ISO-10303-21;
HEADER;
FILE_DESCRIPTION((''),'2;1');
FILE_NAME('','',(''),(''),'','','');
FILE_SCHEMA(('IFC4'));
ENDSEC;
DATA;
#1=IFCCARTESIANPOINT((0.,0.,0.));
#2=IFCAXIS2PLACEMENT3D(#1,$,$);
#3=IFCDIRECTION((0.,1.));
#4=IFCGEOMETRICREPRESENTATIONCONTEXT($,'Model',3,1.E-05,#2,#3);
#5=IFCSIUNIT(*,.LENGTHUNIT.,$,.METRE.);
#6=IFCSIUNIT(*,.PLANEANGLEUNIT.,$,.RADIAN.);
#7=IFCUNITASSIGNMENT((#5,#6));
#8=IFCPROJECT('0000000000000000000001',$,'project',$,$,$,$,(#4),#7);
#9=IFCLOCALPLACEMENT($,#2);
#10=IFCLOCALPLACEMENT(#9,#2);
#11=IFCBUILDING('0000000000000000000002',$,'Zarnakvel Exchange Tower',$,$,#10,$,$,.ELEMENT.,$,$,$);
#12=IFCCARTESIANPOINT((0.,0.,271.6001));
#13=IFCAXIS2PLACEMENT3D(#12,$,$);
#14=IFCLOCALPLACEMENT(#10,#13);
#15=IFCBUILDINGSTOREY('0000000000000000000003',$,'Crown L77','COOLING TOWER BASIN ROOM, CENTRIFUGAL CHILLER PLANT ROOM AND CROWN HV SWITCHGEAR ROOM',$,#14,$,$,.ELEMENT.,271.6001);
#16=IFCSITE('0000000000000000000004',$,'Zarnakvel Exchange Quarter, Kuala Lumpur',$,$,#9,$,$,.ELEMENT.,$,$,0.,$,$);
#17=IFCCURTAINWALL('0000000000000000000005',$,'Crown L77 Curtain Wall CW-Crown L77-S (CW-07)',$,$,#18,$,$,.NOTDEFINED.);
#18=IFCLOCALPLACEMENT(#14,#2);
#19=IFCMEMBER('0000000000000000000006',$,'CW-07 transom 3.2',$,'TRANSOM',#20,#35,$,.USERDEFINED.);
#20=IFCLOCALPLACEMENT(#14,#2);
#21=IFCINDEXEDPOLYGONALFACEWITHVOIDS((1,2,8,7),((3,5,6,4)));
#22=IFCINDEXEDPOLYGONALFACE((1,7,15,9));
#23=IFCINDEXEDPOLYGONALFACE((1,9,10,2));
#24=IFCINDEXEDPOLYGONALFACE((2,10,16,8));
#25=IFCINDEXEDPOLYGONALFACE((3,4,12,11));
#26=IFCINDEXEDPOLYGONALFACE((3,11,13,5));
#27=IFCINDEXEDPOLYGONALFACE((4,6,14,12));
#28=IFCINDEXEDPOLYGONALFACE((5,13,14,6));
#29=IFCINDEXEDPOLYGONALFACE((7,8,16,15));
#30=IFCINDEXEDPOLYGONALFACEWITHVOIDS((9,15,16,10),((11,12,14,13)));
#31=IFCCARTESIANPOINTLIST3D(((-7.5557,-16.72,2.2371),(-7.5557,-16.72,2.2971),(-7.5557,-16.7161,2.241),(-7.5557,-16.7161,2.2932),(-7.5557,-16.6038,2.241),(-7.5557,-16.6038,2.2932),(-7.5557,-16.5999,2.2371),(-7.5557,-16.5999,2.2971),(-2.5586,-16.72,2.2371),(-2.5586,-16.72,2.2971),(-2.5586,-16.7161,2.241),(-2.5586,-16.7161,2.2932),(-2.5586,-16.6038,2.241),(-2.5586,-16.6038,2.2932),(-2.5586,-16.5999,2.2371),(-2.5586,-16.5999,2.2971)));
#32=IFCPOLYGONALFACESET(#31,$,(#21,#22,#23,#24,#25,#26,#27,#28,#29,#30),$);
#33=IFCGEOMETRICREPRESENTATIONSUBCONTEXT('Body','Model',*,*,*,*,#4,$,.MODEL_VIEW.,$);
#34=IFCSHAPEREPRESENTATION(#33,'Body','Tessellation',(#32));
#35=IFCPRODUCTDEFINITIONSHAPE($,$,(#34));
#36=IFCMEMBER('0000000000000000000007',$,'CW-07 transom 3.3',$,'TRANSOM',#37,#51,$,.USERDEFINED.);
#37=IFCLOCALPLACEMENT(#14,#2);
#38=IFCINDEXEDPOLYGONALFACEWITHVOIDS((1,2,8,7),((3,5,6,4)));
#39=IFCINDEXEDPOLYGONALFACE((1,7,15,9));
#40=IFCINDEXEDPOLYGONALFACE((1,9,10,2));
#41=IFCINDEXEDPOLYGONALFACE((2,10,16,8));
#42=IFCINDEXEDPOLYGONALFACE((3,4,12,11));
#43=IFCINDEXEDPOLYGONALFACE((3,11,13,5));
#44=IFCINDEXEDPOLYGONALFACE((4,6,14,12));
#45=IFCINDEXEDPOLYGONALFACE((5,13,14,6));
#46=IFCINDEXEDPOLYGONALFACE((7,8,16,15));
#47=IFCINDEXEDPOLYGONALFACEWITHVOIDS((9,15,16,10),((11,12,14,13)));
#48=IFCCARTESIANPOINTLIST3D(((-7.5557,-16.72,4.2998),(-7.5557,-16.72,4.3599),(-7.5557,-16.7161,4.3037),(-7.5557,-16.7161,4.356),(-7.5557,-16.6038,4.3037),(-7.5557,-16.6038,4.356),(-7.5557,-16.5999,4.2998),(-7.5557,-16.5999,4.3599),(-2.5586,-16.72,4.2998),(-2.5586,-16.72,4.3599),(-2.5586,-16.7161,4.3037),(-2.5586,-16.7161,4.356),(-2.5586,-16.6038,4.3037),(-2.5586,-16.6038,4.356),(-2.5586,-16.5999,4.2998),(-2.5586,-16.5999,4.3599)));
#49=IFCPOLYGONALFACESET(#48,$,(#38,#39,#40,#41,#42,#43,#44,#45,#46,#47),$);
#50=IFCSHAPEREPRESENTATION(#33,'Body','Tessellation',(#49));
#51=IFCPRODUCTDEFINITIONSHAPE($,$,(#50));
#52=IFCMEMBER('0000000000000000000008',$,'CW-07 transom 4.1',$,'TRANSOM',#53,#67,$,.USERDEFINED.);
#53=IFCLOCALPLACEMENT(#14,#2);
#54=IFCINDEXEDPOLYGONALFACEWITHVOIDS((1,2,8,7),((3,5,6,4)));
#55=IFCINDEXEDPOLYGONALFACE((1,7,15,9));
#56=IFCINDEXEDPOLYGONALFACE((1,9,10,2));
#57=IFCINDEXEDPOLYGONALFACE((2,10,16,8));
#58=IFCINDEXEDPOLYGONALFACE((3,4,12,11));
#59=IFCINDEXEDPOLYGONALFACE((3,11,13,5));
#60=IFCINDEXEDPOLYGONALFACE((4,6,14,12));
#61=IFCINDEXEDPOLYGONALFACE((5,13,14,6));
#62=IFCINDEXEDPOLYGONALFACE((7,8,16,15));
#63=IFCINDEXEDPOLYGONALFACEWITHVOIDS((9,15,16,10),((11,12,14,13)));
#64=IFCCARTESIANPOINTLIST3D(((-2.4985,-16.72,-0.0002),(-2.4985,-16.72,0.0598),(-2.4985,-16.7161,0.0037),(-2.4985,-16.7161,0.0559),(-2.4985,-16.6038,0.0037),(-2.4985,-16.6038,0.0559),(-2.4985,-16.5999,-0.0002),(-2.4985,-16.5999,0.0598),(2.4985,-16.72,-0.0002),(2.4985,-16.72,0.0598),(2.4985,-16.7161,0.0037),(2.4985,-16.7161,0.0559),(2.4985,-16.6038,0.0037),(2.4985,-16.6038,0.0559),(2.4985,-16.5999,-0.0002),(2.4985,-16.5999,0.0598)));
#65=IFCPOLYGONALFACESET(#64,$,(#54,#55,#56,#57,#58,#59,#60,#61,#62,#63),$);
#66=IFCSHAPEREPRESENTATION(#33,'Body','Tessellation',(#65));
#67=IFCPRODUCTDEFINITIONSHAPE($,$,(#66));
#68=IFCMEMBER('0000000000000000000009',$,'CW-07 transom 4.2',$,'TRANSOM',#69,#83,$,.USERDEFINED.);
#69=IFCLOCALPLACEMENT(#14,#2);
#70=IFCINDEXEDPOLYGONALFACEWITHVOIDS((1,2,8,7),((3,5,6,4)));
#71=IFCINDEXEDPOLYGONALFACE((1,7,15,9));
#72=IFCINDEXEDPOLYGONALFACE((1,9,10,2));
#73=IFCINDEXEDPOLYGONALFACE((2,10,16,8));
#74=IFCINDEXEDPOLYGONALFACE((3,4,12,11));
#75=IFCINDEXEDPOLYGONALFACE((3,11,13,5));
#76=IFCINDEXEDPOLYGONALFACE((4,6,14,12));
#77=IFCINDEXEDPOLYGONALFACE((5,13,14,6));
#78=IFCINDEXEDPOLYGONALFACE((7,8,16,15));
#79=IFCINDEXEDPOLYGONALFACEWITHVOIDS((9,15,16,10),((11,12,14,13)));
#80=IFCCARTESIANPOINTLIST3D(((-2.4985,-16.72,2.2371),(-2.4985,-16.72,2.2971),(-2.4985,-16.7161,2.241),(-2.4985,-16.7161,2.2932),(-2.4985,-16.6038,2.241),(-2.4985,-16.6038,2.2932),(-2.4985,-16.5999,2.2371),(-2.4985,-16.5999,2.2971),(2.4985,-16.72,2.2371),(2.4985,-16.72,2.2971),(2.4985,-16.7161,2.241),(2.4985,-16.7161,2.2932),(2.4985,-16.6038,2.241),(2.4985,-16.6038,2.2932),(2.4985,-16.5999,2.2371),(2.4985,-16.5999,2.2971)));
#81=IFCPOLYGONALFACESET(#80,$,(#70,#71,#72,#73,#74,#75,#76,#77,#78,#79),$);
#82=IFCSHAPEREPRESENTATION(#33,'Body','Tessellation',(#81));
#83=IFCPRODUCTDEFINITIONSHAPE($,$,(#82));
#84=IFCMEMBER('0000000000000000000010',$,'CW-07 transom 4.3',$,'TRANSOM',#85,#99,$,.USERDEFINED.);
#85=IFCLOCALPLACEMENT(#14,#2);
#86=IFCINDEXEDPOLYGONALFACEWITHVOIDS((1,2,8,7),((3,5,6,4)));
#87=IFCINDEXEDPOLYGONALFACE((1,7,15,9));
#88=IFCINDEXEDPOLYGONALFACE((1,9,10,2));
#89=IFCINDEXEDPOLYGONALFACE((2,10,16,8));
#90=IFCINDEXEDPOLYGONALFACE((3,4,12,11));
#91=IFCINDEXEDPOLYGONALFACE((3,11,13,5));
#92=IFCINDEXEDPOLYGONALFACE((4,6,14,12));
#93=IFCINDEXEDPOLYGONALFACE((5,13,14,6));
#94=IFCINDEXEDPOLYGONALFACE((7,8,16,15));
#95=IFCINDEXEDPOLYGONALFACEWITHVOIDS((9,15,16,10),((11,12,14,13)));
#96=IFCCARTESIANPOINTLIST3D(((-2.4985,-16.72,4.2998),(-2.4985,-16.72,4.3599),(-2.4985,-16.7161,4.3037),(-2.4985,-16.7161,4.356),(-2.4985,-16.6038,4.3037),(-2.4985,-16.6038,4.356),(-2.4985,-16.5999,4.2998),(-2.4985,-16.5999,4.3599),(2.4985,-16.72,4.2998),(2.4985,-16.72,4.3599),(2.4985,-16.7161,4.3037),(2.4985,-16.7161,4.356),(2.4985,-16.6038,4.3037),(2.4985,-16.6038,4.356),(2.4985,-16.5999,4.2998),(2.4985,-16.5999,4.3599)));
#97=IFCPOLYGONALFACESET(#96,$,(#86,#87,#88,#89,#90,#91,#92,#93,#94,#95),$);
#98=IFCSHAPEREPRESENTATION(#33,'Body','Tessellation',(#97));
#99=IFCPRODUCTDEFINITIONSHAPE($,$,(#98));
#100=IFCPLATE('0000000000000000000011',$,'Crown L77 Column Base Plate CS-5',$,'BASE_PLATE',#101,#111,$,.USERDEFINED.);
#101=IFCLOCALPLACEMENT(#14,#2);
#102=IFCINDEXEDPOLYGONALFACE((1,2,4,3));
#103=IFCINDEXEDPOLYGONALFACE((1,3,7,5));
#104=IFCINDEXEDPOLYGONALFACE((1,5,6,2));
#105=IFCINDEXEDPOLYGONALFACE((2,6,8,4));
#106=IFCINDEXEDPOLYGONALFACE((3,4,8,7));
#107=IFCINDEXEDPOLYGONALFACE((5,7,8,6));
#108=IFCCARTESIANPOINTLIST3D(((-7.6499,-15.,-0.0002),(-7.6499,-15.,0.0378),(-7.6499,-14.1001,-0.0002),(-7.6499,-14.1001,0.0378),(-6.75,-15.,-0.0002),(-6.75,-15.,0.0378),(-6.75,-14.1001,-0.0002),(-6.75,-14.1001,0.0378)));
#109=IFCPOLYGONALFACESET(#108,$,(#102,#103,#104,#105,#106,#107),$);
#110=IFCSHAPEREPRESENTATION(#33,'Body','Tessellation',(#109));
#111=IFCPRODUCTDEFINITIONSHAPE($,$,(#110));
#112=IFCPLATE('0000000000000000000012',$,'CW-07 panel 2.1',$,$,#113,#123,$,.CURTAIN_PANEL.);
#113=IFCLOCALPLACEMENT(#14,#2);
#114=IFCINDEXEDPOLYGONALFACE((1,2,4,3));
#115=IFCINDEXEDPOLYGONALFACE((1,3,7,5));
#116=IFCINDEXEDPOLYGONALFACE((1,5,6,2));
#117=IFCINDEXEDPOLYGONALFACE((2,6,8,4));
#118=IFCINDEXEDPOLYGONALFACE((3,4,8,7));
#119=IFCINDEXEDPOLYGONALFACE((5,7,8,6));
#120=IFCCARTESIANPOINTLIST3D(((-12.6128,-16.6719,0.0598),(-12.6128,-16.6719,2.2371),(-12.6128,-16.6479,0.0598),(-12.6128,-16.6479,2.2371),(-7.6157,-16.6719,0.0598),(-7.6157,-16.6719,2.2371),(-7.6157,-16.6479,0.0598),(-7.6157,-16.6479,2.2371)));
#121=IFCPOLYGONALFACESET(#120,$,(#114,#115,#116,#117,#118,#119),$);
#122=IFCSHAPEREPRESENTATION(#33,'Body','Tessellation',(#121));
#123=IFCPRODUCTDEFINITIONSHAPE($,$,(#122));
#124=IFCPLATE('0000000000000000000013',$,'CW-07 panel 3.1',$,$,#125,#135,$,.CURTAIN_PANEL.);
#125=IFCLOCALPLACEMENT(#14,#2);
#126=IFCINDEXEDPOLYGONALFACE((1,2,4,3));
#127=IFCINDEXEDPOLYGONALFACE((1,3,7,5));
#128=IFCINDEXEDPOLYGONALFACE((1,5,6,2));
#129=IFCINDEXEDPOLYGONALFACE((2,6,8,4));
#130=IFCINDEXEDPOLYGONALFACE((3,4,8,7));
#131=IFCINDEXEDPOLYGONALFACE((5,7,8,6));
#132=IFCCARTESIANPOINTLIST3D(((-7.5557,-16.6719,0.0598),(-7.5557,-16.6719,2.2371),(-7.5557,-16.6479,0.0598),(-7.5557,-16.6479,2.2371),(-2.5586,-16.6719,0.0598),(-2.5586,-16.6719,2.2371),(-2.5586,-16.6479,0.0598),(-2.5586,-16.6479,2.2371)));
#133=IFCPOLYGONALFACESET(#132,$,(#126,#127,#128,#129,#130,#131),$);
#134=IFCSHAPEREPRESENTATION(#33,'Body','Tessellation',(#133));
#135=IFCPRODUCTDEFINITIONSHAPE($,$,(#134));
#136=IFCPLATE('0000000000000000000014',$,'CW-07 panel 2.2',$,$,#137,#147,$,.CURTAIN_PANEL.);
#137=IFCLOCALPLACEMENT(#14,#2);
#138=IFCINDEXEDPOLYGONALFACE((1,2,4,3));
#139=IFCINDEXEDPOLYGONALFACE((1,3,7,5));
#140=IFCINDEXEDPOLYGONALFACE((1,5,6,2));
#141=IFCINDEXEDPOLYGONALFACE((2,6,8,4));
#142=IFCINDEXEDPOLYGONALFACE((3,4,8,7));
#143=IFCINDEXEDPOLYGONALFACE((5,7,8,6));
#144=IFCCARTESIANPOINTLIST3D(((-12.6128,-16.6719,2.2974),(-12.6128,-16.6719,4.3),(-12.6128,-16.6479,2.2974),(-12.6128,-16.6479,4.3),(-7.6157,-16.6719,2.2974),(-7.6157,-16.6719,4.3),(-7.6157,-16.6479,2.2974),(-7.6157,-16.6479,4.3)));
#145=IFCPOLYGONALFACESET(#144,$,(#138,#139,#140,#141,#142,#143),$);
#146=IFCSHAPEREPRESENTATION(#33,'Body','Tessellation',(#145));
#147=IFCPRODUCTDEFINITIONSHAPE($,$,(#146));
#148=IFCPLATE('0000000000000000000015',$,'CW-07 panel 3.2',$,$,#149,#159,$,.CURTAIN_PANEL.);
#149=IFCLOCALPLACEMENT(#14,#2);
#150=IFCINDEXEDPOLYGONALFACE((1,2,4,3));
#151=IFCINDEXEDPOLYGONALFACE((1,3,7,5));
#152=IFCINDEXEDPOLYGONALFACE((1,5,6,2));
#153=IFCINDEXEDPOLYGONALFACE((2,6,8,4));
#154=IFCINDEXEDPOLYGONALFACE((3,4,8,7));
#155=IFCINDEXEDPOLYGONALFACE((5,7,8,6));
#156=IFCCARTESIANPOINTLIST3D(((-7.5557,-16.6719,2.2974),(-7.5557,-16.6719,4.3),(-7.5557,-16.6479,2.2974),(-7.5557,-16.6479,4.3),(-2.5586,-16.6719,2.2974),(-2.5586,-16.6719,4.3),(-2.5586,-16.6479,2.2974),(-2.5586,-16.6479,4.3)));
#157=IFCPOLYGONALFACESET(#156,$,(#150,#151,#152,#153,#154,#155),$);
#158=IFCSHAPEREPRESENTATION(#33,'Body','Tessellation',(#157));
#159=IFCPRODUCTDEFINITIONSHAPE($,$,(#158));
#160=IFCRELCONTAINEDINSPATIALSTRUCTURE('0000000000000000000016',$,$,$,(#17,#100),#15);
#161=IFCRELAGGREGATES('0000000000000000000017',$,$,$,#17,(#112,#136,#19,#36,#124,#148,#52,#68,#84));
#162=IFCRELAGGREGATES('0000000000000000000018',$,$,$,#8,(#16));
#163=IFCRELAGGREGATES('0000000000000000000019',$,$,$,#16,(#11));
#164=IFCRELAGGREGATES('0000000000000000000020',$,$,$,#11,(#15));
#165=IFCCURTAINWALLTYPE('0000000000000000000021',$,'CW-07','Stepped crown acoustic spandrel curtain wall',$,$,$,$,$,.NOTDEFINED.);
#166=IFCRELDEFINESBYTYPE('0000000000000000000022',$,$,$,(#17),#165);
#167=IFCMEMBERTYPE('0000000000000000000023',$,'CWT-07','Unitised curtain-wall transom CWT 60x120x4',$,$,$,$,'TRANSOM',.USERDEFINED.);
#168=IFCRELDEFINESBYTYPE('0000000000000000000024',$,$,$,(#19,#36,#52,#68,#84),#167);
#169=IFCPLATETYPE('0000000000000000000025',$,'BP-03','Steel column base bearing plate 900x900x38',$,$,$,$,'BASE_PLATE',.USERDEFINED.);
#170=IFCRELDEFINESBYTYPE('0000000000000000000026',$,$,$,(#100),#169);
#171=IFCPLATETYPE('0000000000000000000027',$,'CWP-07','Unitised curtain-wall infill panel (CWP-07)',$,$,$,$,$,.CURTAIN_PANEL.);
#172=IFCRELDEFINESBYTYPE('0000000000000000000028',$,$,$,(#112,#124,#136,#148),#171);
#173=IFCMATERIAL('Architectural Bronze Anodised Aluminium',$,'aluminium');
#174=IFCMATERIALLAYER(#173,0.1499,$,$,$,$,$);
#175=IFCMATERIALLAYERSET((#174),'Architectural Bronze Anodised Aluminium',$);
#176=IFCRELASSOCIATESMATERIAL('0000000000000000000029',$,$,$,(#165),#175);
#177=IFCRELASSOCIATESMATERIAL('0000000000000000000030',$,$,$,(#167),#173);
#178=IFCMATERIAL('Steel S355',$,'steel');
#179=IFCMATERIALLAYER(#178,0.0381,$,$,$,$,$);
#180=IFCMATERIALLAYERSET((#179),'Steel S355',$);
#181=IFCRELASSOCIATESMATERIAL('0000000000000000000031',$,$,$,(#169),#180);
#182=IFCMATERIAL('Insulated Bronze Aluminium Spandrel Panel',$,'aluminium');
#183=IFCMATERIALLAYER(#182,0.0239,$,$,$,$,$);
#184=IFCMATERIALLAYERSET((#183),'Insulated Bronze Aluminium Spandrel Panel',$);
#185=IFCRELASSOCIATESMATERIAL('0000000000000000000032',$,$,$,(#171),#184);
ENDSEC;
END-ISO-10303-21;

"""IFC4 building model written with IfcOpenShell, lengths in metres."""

from ifc_helpers import new_model, si_unit, direction, frame, origin, origin_2d, place, context, subcontext, project, spatial, rectangle, hollow_rectangle, extrude, source, transform, mapped, material, layer, layer_set, material_profile, profile_set, type_object, element, aggregate, save


model = new_model("IFC4")

# Units and contexts
model_context = context("Model", 3, precision=1e-05, world=origin(), true_north=direction((0.0, 1.0)))
body_context = subcontext(model_context, "Body", "Model", "MODEL_VIEW")
ifc_project = project(units=[si_unit("LENGTHUNIT", "METRE"), si_unit("PLANEANGLEUNIT", "RADIAN")], contexts=[model_context])

# Site, building, storey
site_placement = place(None, origin())
site = spatial("IfcSite", under=ifc_project, at=site_placement, Name="Zarnakvel Exchange Quarter, Kuala Lumpur", CompositionType="ELEMENT", RefElevation=0.0)
building_placement = place(site_placement, origin())
building = spatial("IfcBuilding", under=site, at=building_placement, Name="Zarnakvel Exchange Tower", CompositionType="ELEMENT")
storey_placement = place(building_placement, frame((0.0, 0.0, 271.6001)))
storey = spatial("IfcBuildingStorey", under=building, at=storey_placement, Name="Crown L77", Description="COOLING TOWER BASIN ROOM, CENTRIFUGAL CHILLER PLANT ROOM AND CROWN HV SWITCHGEAR ROOM", CompositionType="ELEMENT", Elevation=271.6001)

# Shared definitions
ifc_material_1 = material(Name="Steel S355", Category="steel")

# Curtain wall, members
ifc_material_2 = material(Name="Architectural Bronze Anodised Aluminium", Category="aluminium")
ifc_layer_1 = layer(ifc_material_2, 0.1499)
ifc_layer_set_1 = layer_set([ifc_layer_1], Name="Architectural Bronze Anodised Aluminium")
curtain_wall_type = type_object("IfcCurtainWallType", Name="CW-07", Description="Stepped crown acoustic spandrel curtain wall", PredefinedType="NOTDEFINED", material=ifc_layer_set_1)
curtain_wall_placement = place(storey_placement, origin())
curtain_wall = element("IfcCurtainWall", 1, at=curtain_wall_placement, inside=storey, type_object=curtain_wall_type, Name="Crown L77 Curtain Wall CW-Crown L77-S (CW-07)", PredefinedType="NOTDEFINED")
ifc_material_profile_1 = material_profile(ifc_material_2, hollow_rectangle(XDim=0.1201, YDim=0.0601, WallThickness=0.0039, at=origin_2d()))
ifc_profile_set_1 = profile_set([ifc_material_profile_1], Name="Architectural Bronze Anodised Aluminium")
member_type_1 = type_object("IfcMemberType", Name="CWT-07", Description="Unitised curtain-wall transom CWT 60x120x4", ElementType="TRANSOM", PredefinedType="USERDEFINED", material=ifc_profile_set_1)
shared_shape_1 = source(origin(), body_context, "Body", "SweptSolid", [
    extrude(hollow_rectangle(XDim=0.1201, YDim=0.0601, WallThickness=0.0039, at=origin_2d()), origin(), (0.0, 0.0, 1.0), 4.9971),
])
member_1_placement = place(storey_placement, frame((-7.5557, -16.6599, 2.2671), z_axis=(1.0, 0.0, 0.0), x_axis=(0.0, 1.0, 0.0)))
member_1 = element("IfcMember", 2, at=member_1_placement, type_object=member_type_1, Name="CW-07 transom 3.2", ObjectType="TRANSOM", PredefinedType="USERDEFINED", context=body_context, shape_type="MappedRepresentation", body=[
    mapped(shared_shape_1, transform((0.0, 0.0, 0.0), x_axis=(1.0, 0.0, 0.0), y_axis=(0.0, 1.0, 0.0), z_axis=(0.0, 0.0, 1.0), scale=1.0)),
])
member_2_placement = place(storey_placement, frame((-7.5557, -16.6599, 4.3298), z_axis=(1.0, 0.0, 0.0), x_axis=(0.0, 1.0, 0.0)))
member_2 = element("IfcMember", 3, at=member_2_placement, type_object=member_type_1, Name="CW-07 transom 3.3", ObjectType="TRANSOM", PredefinedType="USERDEFINED", context=body_context, shape_type="MappedRepresentation", body=[
    mapped(shared_shape_1, transform((0.0, 0.0, 0.0), x_axis=(1.0, 0.0, 0.0), y_axis=(0.0, 1.0, 0.0), z_axis=(0.0, 0.0, 1.0), scale=1.0)),
])
member_3_placement = place(storey_placement, frame((-2.4985, -16.6599, 0.0298), z_axis=(1.0, 0.0, 0.0), x_axis=(0.0, 1.0, 0.0)))
member_3 = element("IfcMember", 4, at=member_3_placement, type_object=member_type_1, Name="CW-07 transom 4.1", ObjectType="TRANSOM", PredefinedType="USERDEFINED", context=body_context, shape_type="MappedRepresentation", body=[
    mapped(shared_shape_1, transform((0.0, 0.0, 0.0), x_axis=(1.0, 0.0, 0.0), y_axis=(0.0, 1.0, 0.0), z_axis=(0.0, 0.0, 1.0), scale=1.0)),
])
member_4_placement = place(storey_placement, frame((-2.4985, -16.6599, 2.2671), z_axis=(1.0, 0.0, 0.0), x_axis=(0.0, 1.0, 0.0)))
member_4 = element("IfcMember", 5, at=member_4_placement, type_object=member_type_1, Name="CW-07 transom 4.2", ObjectType="TRANSOM", PredefinedType="USERDEFINED", context=body_context, shape_type="MappedRepresentation", body=[
    mapped(shared_shape_1, transform((0.0, 0.0, 0.0), x_axis=(1.0, 0.0, 0.0), y_axis=(0.0, 1.0, 0.0), z_axis=(0.0, 0.0, 1.0), scale=1.0)),
])
member_5_placement = place(storey_placement, frame((-2.4985, -16.6599, 4.3298), z_axis=(1.0, 0.0, 0.0), x_axis=(0.0, 1.0, 0.0)))
member_5 = element("IfcMember", 6, at=member_5_placement, type_object=member_type_1, Name="CW-07 transom 4.3", ObjectType="TRANSOM", PredefinedType="USERDEFINED", context=body_context, shape_type="MappedRepresentation", body=[
    mapped(shared_shape_1, transform((0.0, 0.0, 0.0), x_axis=(1.0, 0.0, 0.0), y_axis=(0.0, 1.0, 0.0), z_axis=(0.0, 0.0, 1.0), scale=1.0)),
])

# Plates
ifc_layer_2 = layer(ifc_material_1, 0.0381)
ifc_layer_set_2 = layer_set([ifc_layer_2], Name="Steel S355")
plate_type_1 = type_object("IfcPlateType", Name="BP-03", Description="Steel column base bearing plate 900x900x38", ElementType="BASE_PLATE", PredefinedType="USERDEFINED", material=ifc_layer_set_2)
shared_shape_2 = source(origin(), body_context, "Body", "SweptSolid", [
    extrude(rectangle(XDim=0.8999, YDim=0.8999, at=origin_2d()), origin(), (0.0, 0.0, 1.0), 0.0381),
])
plate_1_placement = place(storey_placement, frame((-7.2, -14.55, -0.0002), z_axis=(0.0, 0.0, 1.0), x_axis=(1.0, 0.0, 0.0)))
element("IfcPlate", 7, at=plate_1_placement, inside=storey, type_object=plate_type_1, Name="Crown L77 Column Base Plate CS-5", ObjectType="BASE_PLATE", PredefinedType="USERDEFINED", context=body_context, shape_type="MappedRepresentation", body=[
    mapped(shared_shape_2, transform((0.0, 0.0, 0.0), x_axis=(1.0, 0.0, 0.0), y_axis=(0.0, 1.0, 0.0), z_axis=(0.0, 0.0, 1.0), scale=1.0)),
])
ifc_material_3 = material(Name="Insulated Bronze Aluminium Spandrel Panel", Category="aluminium")
ifc_layer_3 = layer(ifc_material_3, 0.0239)
ifc_layer_set_3 = layer_set([ifc_layer_3], Name="Insulated Bronze Aluminium Spandrel Panel")
plate_type_2 = type_object("IfcPlateType", Name="CWP-07", Description="Unitised curtain-wall infill panel (CWP-07)", PredefinedType="CURTAIN_PANEL", material=ifc_layer_set_3)
shared_shape_3 = source(origin(), body_context, "Body", "SweptSolid", [
    extrude(rectangle(XDim=4.9971, YDim=0.0239, at=origin_2d()), origin(), (0.0, 0.0, 1.0), 2.1772),
])
plate_2_placement = place(storey_placement, frame((-10.1143, -16.6599, 0.0598), z_axis=(0.0, 0.0, 1.0), x_axis=(1.0, 0.0, 0.0)))
plate_2 = element("IfcPlate", 8, at=plate_2_placement, type_object=plate_type_2, Name="CW-07 panel 2.1", PredefinedType="CURTAIN_PANEL", context=body_context, shape_type="MappedRepresentation", body=[
    mapped(shared_shape_3, transform((0.0, 0.0, 0.0), x_axis=(1.0, 0.0, 0.0), y_axis=(0.0, 1.0, 0.0), z_axis=(0.0, 0.0, 1.0), scale=1.0)),
])
plate_3_placement = place(storey_placement, frame((-5.0571, -16.6599, 0.0598), z_axis=(0.0, 0.0, 1.0), x_axis=(1.0, 0.0, 0.0)))
plate_3 = element("IfcPlate", 9, at=plate_3_placement, type_object=plate_type_2, Name="CW-07 panel 3.1", PredefinedType="CURTAIN_PANEL", context=body_context, shape_type="MappedRepresentation", body=[
    mapped(shared_shape_3, transform((0.0, 0.0, 0.0), x_axis=(1.0, 0.0, 0.0), y_axis=(0.0, 1.0, 0.0), z_axis=(0.0, 0.0, 1.0), scale=1.0)),
])
shared_shape_4 = source(origin(), body_context, "Body", "SweptSolid", [
    extrude(rectangle(XDim=4.9971, YDim=0.0239, at=origin_2d()), origin(), (0.0, 0.0, 1.0), 2.0027),
])
plate_4_placement = place(storey_placement, frame((-10.1143, -16.6599, 2.2974), z_axis=(0.0, 0.0, 1.0), x_axis=(1.0, 0.0, 0.0)))
plate_4 = element("IfcPlate", 10, at=plate_4_placement, type_object=plate_type_2, Name="CW-07 panel 2.2", PredefinedType="CURTAIN_PANEL", context=body_context, shape_type="MappedRepresentation", body=[
    mapped(shared_shape_4, transform((0.0, 0.0, 0.0), x_axis=(1.0, 0.0, 0.0), y_axis=(0.0, 1.0, 0.0), z_axis=(0.0, 0.0, 1.0), scale=1.0)),
])
plate_5_placement = place(storey_placement, frame((-5.0571, -16.6599, 2.2974), z_axis=(0.0, 0.0, 1.0), x_axis=(1.0, 0.0, 0.0)))
plate_5 = element("IfcPlate", 11, at=plate_5_placement, type_object=plate_type_2, Name="CW-07 panel 3.2", PredefinedType="CURTAIN_PANEL", context=body_context, shape_type="MappedRepresentation", body=[
    mapped(shared_shape_4, transform((0.0, 0.0, 0.0), x_axis=(1.0, 0.0, 0.0), y_axis=(0.0, 1.0, 0.0), z_axis=(0.0, 0.0, 1.0), scale=1.0)),
])
aggregate(curtain_wall, [plate_2, plate_4, member_1, member_2, plate_3, plate_5, member_3, member_4, member_5])

save(model, "model.ifc")
